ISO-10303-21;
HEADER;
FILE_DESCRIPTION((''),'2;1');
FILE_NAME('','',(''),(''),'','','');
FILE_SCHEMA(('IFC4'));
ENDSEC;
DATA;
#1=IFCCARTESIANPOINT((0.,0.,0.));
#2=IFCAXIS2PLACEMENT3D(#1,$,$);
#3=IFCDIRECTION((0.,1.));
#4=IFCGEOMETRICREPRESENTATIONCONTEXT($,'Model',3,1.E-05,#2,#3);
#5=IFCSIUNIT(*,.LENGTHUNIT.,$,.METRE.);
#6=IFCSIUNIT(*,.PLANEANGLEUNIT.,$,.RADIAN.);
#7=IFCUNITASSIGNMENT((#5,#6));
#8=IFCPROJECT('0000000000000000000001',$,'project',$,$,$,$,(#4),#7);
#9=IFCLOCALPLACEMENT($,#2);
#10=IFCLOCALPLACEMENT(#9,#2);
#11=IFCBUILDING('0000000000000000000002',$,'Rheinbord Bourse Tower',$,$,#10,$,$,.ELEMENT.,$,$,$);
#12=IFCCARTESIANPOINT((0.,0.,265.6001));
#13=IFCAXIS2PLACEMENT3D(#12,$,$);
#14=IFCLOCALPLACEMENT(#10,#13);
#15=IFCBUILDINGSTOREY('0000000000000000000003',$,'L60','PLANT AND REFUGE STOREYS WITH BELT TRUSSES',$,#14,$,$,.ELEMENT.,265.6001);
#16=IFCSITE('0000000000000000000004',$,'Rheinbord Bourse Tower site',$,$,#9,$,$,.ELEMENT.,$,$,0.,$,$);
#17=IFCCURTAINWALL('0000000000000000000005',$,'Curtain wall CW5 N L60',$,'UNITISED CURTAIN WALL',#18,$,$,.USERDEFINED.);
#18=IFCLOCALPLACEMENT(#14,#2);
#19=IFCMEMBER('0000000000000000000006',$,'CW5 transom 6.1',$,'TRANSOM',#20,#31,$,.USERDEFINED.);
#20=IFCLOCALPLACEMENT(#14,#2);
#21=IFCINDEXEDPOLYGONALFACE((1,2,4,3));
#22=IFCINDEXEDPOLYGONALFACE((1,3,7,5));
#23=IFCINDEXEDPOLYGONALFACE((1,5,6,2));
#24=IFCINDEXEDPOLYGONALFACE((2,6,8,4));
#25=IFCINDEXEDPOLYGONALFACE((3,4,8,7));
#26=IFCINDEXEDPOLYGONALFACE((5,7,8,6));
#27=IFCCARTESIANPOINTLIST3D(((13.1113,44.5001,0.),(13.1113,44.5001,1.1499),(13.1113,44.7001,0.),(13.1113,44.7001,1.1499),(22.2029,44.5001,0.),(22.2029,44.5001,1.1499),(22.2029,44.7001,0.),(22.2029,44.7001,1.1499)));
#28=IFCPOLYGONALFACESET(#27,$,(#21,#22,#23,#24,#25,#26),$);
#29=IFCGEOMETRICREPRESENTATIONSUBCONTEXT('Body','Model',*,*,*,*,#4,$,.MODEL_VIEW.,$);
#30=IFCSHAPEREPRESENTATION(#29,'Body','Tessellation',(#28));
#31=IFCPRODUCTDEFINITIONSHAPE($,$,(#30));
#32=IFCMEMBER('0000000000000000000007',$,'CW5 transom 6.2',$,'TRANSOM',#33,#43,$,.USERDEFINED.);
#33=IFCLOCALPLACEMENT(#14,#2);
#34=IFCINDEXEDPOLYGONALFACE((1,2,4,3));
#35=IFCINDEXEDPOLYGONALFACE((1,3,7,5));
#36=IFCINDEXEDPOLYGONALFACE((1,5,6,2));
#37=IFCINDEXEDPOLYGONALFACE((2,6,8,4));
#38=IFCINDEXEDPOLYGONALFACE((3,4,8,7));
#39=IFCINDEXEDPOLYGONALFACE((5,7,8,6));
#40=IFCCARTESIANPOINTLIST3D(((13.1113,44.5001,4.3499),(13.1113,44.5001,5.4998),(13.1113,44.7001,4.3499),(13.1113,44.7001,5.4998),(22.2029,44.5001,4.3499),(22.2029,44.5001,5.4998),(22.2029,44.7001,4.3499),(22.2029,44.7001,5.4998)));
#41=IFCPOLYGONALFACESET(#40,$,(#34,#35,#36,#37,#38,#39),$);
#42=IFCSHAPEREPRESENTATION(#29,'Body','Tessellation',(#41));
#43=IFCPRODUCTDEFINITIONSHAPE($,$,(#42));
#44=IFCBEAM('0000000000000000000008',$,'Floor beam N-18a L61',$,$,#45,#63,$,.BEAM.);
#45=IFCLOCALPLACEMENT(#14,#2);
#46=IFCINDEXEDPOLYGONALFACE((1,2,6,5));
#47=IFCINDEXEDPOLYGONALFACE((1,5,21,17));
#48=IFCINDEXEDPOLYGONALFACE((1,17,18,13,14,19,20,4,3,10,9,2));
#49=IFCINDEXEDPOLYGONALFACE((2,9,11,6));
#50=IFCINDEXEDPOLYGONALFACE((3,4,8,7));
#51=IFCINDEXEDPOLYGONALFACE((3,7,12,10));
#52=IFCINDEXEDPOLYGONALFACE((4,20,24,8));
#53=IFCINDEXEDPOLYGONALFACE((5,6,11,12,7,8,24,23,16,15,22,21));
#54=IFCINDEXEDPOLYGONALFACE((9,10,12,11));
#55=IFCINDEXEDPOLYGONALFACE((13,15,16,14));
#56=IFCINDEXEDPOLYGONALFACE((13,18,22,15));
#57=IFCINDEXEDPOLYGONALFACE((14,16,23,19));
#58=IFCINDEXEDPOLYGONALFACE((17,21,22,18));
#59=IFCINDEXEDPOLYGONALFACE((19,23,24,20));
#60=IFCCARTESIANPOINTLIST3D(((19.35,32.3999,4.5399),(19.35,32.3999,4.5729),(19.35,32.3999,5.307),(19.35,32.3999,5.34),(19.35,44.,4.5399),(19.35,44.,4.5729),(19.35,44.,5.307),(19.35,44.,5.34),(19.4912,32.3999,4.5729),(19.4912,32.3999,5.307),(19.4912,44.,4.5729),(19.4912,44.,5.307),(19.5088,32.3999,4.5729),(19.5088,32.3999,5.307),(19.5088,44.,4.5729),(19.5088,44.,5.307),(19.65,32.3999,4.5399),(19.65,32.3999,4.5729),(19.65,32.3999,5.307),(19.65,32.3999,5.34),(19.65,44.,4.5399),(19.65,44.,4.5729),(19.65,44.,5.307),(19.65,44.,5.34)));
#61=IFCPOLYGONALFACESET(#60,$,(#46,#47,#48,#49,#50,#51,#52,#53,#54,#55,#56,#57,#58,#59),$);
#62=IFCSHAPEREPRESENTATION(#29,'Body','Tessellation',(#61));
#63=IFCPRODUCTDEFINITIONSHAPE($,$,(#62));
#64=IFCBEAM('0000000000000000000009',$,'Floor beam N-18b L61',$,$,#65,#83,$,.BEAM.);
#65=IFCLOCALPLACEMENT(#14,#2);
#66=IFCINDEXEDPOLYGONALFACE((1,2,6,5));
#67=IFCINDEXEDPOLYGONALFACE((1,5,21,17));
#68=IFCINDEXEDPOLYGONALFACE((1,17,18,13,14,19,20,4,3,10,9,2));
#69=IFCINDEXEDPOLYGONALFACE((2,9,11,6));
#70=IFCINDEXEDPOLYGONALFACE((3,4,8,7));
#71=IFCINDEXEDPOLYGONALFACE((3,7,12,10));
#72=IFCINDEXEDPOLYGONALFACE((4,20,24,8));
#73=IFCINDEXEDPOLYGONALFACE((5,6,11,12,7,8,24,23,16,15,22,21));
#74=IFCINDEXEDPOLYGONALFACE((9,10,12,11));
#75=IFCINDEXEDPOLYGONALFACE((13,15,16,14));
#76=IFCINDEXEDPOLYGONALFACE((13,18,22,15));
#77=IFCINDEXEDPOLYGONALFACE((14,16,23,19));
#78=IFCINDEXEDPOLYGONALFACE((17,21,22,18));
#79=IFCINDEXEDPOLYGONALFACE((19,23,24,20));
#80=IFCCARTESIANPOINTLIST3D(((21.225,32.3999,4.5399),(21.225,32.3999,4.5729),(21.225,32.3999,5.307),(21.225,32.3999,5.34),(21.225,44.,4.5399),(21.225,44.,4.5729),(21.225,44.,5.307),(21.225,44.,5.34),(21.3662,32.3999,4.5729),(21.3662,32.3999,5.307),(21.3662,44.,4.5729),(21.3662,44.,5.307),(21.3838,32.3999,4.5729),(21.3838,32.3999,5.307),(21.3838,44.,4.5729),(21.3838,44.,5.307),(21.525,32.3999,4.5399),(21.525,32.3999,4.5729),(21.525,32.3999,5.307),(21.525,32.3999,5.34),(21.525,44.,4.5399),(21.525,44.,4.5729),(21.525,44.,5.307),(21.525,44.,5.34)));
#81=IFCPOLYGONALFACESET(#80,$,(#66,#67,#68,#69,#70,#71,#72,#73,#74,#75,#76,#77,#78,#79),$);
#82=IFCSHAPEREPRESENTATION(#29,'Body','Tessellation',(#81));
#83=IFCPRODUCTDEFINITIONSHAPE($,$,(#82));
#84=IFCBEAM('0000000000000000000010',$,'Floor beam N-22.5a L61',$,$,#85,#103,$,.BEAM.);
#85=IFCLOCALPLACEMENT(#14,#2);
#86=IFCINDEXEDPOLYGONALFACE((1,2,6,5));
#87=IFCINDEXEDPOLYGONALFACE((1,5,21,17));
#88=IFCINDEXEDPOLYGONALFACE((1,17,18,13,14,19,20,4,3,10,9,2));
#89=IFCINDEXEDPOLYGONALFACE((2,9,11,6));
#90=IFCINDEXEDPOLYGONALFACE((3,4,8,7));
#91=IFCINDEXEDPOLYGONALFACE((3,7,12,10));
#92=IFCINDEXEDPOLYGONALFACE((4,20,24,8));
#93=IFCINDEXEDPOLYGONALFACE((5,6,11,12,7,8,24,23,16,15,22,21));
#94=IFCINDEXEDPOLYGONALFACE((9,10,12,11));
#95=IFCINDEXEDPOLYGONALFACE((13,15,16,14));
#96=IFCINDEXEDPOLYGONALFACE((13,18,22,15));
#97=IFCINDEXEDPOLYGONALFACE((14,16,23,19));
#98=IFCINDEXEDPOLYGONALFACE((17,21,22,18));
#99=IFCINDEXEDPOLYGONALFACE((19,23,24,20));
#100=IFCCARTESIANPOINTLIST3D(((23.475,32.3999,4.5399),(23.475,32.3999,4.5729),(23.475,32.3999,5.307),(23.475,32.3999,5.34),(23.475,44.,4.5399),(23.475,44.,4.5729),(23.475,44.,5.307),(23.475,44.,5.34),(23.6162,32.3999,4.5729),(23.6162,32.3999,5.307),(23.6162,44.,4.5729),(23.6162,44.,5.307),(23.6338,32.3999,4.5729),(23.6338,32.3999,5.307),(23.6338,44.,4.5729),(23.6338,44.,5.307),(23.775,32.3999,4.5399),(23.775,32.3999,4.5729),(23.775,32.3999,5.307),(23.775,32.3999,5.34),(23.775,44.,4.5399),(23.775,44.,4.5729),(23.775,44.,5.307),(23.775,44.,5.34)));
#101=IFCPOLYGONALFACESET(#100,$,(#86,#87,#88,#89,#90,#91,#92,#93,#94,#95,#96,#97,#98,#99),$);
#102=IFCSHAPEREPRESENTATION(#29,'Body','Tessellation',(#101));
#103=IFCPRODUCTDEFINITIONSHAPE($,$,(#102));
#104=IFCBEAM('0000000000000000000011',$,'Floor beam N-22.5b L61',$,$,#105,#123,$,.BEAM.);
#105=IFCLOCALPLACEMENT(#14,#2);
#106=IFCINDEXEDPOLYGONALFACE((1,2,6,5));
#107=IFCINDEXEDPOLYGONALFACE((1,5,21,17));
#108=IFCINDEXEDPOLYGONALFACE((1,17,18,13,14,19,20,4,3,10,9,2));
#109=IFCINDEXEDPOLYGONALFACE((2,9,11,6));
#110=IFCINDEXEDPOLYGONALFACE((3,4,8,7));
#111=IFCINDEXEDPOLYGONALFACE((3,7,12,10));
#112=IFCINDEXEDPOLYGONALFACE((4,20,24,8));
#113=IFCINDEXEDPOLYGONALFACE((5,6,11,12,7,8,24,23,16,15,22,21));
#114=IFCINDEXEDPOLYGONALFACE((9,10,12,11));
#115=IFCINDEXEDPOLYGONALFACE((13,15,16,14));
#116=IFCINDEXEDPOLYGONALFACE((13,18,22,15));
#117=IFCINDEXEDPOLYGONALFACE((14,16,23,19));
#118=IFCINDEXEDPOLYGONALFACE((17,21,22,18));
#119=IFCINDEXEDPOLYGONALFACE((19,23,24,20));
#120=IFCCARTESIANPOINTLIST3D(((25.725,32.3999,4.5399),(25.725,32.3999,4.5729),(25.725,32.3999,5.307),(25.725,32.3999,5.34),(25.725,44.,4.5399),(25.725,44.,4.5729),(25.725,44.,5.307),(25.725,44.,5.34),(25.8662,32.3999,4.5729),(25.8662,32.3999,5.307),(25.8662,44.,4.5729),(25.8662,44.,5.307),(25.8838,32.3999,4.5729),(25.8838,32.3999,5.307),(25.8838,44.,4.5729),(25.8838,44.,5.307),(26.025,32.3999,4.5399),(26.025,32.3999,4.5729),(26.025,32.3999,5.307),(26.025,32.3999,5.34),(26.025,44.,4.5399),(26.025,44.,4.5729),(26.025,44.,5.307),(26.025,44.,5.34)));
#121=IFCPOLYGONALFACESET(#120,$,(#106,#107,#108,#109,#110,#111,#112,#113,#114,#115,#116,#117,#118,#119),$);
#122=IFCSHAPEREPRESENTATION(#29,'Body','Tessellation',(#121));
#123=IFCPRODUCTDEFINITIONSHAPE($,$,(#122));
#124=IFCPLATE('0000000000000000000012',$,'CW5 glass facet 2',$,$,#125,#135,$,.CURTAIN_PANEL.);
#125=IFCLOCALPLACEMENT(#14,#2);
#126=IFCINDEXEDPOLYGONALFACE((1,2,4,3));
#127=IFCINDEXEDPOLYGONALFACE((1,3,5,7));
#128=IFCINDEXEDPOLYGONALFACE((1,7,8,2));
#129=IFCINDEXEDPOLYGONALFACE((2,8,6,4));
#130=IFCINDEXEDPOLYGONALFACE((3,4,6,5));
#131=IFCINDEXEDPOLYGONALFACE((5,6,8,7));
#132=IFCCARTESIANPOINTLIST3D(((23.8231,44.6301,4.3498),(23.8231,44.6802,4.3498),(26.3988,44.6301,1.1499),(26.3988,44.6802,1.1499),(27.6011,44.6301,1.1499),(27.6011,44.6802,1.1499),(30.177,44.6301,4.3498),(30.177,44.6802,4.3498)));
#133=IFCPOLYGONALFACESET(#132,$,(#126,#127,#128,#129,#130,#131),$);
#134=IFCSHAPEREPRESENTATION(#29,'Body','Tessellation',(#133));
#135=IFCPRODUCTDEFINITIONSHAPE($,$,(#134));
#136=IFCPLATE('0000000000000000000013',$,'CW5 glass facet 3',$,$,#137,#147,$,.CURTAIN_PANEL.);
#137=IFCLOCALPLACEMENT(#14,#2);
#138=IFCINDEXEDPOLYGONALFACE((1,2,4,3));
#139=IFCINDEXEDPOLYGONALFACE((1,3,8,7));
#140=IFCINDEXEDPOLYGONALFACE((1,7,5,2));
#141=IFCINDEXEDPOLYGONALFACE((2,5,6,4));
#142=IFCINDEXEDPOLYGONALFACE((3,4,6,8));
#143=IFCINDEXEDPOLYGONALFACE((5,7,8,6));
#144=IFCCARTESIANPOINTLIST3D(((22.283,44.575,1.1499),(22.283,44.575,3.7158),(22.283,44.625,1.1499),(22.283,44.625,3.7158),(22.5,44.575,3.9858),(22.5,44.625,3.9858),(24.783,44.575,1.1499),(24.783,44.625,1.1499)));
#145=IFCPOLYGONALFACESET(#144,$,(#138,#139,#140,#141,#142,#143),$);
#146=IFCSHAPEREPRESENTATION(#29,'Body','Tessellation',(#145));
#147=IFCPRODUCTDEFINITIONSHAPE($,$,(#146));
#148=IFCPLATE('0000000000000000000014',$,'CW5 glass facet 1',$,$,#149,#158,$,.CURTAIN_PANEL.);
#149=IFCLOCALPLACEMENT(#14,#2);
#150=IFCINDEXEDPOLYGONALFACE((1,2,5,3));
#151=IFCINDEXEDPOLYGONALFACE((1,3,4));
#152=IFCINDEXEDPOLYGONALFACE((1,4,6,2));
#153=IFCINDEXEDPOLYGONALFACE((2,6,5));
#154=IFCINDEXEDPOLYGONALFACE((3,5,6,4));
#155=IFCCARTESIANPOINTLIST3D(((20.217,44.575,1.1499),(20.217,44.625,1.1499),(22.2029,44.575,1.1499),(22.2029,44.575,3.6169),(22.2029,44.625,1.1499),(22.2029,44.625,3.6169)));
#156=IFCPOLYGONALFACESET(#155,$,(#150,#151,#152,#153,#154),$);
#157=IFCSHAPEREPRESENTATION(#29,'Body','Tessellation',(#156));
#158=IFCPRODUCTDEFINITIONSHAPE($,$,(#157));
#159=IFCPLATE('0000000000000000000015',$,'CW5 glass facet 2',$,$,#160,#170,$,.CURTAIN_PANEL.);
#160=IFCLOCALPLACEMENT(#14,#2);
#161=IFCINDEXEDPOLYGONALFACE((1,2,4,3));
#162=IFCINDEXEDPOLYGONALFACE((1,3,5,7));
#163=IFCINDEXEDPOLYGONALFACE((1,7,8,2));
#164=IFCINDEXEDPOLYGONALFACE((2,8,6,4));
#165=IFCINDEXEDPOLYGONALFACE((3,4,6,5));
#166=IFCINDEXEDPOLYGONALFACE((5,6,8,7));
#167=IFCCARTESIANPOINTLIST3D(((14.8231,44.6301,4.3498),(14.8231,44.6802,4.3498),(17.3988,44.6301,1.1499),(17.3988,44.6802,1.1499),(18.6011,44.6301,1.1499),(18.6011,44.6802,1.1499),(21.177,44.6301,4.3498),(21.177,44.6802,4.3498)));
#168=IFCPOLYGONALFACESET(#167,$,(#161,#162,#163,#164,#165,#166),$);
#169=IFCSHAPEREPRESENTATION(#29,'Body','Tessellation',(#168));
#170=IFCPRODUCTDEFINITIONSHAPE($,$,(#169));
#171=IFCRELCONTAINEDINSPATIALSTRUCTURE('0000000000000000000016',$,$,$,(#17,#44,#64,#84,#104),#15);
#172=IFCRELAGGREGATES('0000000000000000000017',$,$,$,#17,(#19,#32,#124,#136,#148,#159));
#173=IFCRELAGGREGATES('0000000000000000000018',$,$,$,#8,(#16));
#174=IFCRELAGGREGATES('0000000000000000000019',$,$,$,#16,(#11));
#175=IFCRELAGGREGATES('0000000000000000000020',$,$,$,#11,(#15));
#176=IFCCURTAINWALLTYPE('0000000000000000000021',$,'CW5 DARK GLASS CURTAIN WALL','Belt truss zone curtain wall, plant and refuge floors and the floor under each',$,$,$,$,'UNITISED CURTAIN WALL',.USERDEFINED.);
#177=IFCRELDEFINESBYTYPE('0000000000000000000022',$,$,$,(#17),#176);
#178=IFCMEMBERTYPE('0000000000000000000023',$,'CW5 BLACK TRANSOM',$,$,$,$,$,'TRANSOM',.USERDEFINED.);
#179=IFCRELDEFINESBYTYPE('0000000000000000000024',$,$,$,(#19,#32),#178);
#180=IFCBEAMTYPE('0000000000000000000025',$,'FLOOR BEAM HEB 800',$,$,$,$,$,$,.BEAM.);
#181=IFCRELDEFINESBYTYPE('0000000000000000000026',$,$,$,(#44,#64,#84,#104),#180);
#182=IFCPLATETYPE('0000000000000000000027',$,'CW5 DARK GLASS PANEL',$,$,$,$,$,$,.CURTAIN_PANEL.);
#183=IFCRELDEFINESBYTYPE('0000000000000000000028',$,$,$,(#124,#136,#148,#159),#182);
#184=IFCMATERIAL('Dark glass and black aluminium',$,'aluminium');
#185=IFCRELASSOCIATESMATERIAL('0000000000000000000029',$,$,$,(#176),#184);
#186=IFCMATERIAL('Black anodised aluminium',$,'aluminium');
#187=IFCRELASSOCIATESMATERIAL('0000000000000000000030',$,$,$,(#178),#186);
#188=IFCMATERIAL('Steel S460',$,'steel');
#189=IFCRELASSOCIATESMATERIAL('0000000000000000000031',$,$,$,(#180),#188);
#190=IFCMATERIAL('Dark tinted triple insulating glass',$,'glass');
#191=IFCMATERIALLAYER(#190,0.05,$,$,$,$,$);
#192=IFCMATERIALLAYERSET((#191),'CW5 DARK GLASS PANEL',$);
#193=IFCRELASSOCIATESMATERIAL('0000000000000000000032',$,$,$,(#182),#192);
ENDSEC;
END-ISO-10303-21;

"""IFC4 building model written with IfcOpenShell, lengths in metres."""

from ifc_helpers import new_model, si_unit, direction, frame, origin, origin_2d, place, context, subcontext, project, spatial, polyline, rectangle, i_section, outline, extrude, material, layer, layer_set, material_profile, profile_set, type_object, element, aggregate, save


model = new_model("IFC4")

# Units and contexts
model_context = context("Model", 3, precision=1e-05, world=origin(), true_north=direction((0.0, 1.0)))
body_context = subcontext(model_context, "Body", "Model", "MODEL_VIEW")
ifc_project = project(units=[si_unit("LENGTHUNIT", "METRE"), si_unit("PLANEANGLEUNIT", "RADIAN")], contexts=[model_context])

# Site, building, storey
site_placement = place(None, origin())
site = spatial("IfcSite", under=ifc_project, at=site_placement, Name="Rheinbord Bourse Tower site", CompositionType="ELEMENT", RefElevation=0.0)
building_placement = place(site_placement, origin())
building = spatial("IfcBuilding", under=site, at=building_placement, Name="Rheinbord Bourse Tower", CompositionType="ELEMENT")
storey_placement = place(building_placement, frame((0.0, 0.0, 265.6001)))
storey = spatial("IfcBuildingStorey", under=building, at=storey_placement, Name="L60", Description="PLANT AND REFUGE STOREYS WITH BELT TRUSSES", CompositionType="ELEMENT", Elevation=265.6001)

# Curtain wall, members
ifc_material_1 = material(Name="Dark glass and black aluminium", Category="aluminium")
curtain_wall_type = type_object("IfcCurtainWallType", Name="CW5 DARK GLASS CURTAIN WALL", Description="Belt truss zone curtain wall, plant and refuge floors and the floor under each", ElementType="UNITISED CURTAIN WALL", PredefinedType="USERDEFINED", material=ifc_material_1)
curtain_wall_placement = place(storey_placement, origin())
curtain_wall = element("IfcCurtainWall", 1, at=curtain_wall_placement, inside=storey, type_object=curtain_wall_type, Name="Curtain wall CW5 N L60", ObjectType="UNITISED CURTAIN WALL", PredefinedType="USERDEFINED")
ifc_material_2 = material(Name="Black anodised aluminium", Category="aluminium")
ifc_material_profile_1 = material_profile(ifc_material_2, rectangle(XDim=0.2, YDim=1.1499, at=origin_2d()), Name="CW5 TRANSOM 1150x200")
ifc_profile_set_1 = profile_set([ifc_material_profile_1], Name="Black anodised aluminium")
member_type_1 = type_object("IfcMemberType", Name="CW5 BLACK TRANSOM", ElementType="TRANSOM", PredefinedType="USERDEFINED", material=ifc_profile_set_1)
member_1_placement = place(storey_placement, frame((22.2029, 44.6001, 0.575), z_axis=(-1.0, 0.0, 0.0), x_axis=(0.0, -1.0, 0.0)))
member_1 = element("IfcMember", 2, at=member_1_placement, type_object=member_type_1, Name="CW5 transom 6.1", ObjectType="TRANSOM", PredefinedType="USERDEFINED", context=body_context, shape_type="SweptSolid", body=[
    extrude(rectangle(XDim=0.2, YDim=1.1499, at=origin_2d()), origin(), (0.0, 0.0, 1.0), 9.0916),
])
member_2_placement = place(storey_placement, frame((22.2029, 44.6001, 4.9248), z_axis=(-1.0, 0.0, 0.0), x_axis=(0.0, -1.0, 0.0)))
member_2 = element("IfcMember", 3, at=member_2_placement, type_object=member_type_1, Name="CW5 transom 6.2", ObjectType="TRANSOM", PredefinedType="USERDEFINED", context=body_context, shape_type="SweptSolid", body=[
    extrude(rectangle(XDim=0.2, YDim=1.1499, at=origin_2d()), origin(), (0.0, 0.0, 1.0), 9.0916),
])

# Beams
ifc_material_3 = material(Name="Steel S460", Category="steel")
ifc_material_profile_2 = material_profile(ifc_material_3, i_section(OverallWidth=0.3, OverallDepth=0.8, WebThickness=0.0176, FlangeThickness=0.033, at=origin_2d()), Name="HEB 800")
ifc_profile_set_2 = profile_set([ifc_material_profile_2], Name="Steel S460")
beam_type_1 = type_object("IfcBeamType", Name="FLOOR BEAM HEB 800", PredefinedType="BEAM", material=ifc_profile_set_2)
for number, where, z_axis, x_axis, name in (
    (4, (19.5, 44.0, 4.9399), (0.0, -1.0, 0.0), (1.0, 0.0, 0.0), "Floor beam N-18a L61"),
    (5, (21.375, 44.0, 4.9399), (0.0, -1.0, 0.0), (1.0, 0.0, 0.0), "Floor beam N-18b L61"),
    (6, (23.625, 44.0, 4.9399), (0.0, -1.0, 0.0), (1.0, 0.0, 0.0), "Floor beam N-22.5a L61"),
    (7, (25.875, 44.0, 4.9399), (0.0, -1.0, 0.0), (1.0, 0.0, 0.0), "Floor beam N-22.5b L61"),
):
    element("IfcBeam", number, at=place(storey_placement, frame(where, z_axis=z_axis, x_axis=x_axis)), inside=storey, type_object=beam_type_1, Name=name, PredefinedType="BEAM", context=body_context, shape_type="SweptSolid", body=[
        extrude(i_section(OverallWidth=0.3, OverallDepth=0.8, WebThickness=0.0176, FlangeThickness=0.033, at=origin_2d()), origin(), (0.0, 0.0, 1.0), 11.6001),
    ])

# Plates
ifc_material_4 = material(Name="Dark tinted triple insulating glass", Category="glass")
ifc_layer = layer(ifc_material_4, 0.05)
ifc_layer_set = layer_set([ifc_layer], Name="CW5 DARK GLASS PANEL")
plate_type = type_object("IfcPlateType", Name="CW5 DARK GLASS PANEL", PredefinedType="CURTAIN_PANEL", material=ifc_layer_set)
plate_1_placement = place(storey_placement, frame((27.6011, 44.6802, 1.1499), z_axis=(0.0, -1.0, 0.0), x_axis=(0.627062, 0.0, 0.778969)))
plate_1 = element("IfcPlate", 8, at=plate_1_placement, type_object=plate_type, Name="CW5 glass facet 2", PredefinedType="CURTAIN_PANEL", context=body_context, shape_type="SweptSolid", body=[
    extrude(outline(polyline([(0.0, 0.0), (4.1079, 0.0), (0.1235, 4.9495), (-0.7539, 0.9365), (0.0, 0.0)])), origin(), (0.0, 0.0, 1.0), 0.05),
])
plate_2_placement = place(storey_placement, frame((22.283, 44.625, 1.1499), z_axis=(0.0, -1.0, 0.0), x_axis=(1.0, 0.0, 0.0)))
plate_2 = element("IfcPlate", 9, at=plate_2_placement, type_object=plate_type, Name="CW5 glass facet 3", PredefinedType="CURTAIN_PANEL", context=body_context, shape_type="SweptSolid", body=[
    extrude(outline(polyline([(0.0, 0.0), (2.5, 0.0), (0.217, 2.8359), (0.0, 2.5659), (0.0, 0.0)])), origin(), (0.0, 0.0, 1.0), 0.05),
])
plate_3_placement = place(storey_placement, frame((22.2029, 44.625, 1.1499), z_axis=(0.0, -1.0, 0.0), x_axis=(0.0, 0.0, 1.0)))
plate_3 = element("IfcPlate", 10, at=plate_3_placement, type_object=plate_type, Name="CW5 glass facet 1", PredefinedType="CURTAIN_PANEL", context=body_context, shape_type="SweptSolid", body=[
    extrude(outline(polyline([(0.0, 0.0), (2.467, 0.0), (0.0, 1.9858), (0.0, 0.0)])), origin(), (0.0, 0.0, 1.0), 0.05),
])
plate_4_placement = place(storey_placement, frame((18.6011, 44.6802, 1.1499), z_axis=(0.0, -1.0, 0.0), x_axis=(0.627062, 0.0, 0.778969)))
plate_4 = element("IfcPlate", 11, at=plate_4_placement, type_object=plate_type, Name="CW5 glass facet 2", PredefinedType="CURTAIN_PANEL", context=body_context, shape_type="SweptSolid", body=[
    extrude(outline(polyline([(0.0, 0.0), (4.1079, 0.0), (0.1235, 4.9495), (-0.7539, 0.9365), (0.0, 0.0)])), origin(), (0.0, 0.0, 1.0), 0.05),
])
aggregate(curtain_wall, [member_1, member_2, plate_1, plate_2, plate_3, plate_4])

save(model, "model.ifc")
